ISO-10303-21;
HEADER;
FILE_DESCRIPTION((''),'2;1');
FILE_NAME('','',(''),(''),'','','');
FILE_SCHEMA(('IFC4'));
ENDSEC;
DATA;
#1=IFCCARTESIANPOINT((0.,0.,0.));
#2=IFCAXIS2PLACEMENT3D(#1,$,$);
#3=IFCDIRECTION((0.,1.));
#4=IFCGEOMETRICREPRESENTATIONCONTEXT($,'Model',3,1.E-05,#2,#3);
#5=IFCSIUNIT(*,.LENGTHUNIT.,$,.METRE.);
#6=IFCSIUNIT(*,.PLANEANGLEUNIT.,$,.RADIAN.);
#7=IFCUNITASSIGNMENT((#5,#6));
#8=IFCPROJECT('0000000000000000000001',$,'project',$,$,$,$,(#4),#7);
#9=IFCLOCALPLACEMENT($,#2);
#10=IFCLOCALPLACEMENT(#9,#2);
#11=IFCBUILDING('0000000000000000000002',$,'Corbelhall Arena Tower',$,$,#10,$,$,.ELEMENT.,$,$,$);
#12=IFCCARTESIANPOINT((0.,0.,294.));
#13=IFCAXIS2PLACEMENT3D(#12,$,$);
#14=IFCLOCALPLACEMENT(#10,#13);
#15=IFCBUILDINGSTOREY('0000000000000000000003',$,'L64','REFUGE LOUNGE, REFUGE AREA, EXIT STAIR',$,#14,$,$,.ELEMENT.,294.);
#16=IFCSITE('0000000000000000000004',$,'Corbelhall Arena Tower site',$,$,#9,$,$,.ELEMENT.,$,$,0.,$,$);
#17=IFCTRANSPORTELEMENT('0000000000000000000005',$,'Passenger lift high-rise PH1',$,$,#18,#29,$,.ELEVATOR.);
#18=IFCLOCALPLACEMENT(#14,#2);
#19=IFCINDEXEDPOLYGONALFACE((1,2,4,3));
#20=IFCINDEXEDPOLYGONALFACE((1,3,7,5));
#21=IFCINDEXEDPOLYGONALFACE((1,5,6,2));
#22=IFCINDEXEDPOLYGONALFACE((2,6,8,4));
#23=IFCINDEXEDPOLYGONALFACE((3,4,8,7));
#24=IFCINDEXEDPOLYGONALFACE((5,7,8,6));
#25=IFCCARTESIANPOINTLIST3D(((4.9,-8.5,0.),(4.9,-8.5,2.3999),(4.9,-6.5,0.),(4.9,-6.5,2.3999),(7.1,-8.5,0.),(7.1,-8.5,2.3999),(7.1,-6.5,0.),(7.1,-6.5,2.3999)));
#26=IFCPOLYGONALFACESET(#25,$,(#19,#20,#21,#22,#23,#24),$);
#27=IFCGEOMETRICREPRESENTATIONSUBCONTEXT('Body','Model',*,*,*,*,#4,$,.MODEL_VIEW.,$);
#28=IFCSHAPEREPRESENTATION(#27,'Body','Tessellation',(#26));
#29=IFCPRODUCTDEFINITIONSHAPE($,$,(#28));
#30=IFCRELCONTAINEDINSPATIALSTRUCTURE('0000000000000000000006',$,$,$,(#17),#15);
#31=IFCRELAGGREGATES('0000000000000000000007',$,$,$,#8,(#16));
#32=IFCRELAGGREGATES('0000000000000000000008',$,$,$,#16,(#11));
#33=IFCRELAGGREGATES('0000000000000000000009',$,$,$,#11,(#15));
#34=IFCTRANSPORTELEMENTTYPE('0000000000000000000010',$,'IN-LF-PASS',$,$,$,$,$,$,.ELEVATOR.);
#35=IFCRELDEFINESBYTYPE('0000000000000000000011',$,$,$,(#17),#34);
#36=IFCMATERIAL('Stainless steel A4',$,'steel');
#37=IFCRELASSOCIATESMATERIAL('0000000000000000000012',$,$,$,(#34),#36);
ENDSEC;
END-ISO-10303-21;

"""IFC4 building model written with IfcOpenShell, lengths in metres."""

from ifc_helpers import new_model, si_unit, direction, frame, origin, origin_2d, place, context, subcontext, project, spatial, rectangle, extrude, material, type_object, element, save


model = new_model("IFC4")

# Units and contexts
model_context = context("Model", 3, precision=1e-05, world=origin(), true_north=direction((0.0, 1.0)))
body_context = subcontext(model_context, "Body", "Model", "MODEL_VIEW")
ifc_project = project(units=[si_unit("LENGTHUNIT", "METRE"), si_unit("PLANEANGLEUNIT", "RADIAN")], contexts=[model_context])

# Site, building, storey
site_placement = place(None, origin())
site = spatial("IfcSite", under=ifc_project, at=site_placement, Name="Corbelhall Arena Tower site", CompositionType="ELEMENT", RefElevation=0.0)
building_placement = place(site_placement, origin())
building = spatial("IfcBuilding", under=site, at=building_placement, Name="Corbelhall Arena Tower", CompositionType="ELEMENT")
storey_placement = place(building_placement, frame((0.0, 0.0, 294.0)))
storey = spatial("IfcBuildingStorey", under=building, at=storey_placement, Name="L64", Description="REFUGE LOUNGE, REFUGE AREA, EXIT STAIR", CompositionType="ELEMENT", Elevation=294.0)

# Transport element
ifc_material_1 = material(Name="Stainless steel A4", Category="steel")
transport_element_type = type_object("IfcTransportElementType", Name="IN-LF-PASS", PredefinedType="ELEVATOR", material=ifc_material_1)
transport_element_placement = place(storey_placement, frame((6.0, -7.5, 0.0), z_axis=(0.0, 0.0, 1.0), x_axis=(1.0, 0.0, 0.0)))
element("IfcTransportElement", 1, at=transport_element_placement, inside=storey, type_object=transport_element_type, Name="Passenger lift high-rise PH1", PredefinedType="ELEVATOR", context=body_context, shape_type="SweptSolid", body=[
    extrude(rectangle(XDim=2.2, YDim=2.0, at=origin_2d()), origin(), (0.0, 0.0, 1.0), 2.3999),
])

save(model, "model.ifc")
